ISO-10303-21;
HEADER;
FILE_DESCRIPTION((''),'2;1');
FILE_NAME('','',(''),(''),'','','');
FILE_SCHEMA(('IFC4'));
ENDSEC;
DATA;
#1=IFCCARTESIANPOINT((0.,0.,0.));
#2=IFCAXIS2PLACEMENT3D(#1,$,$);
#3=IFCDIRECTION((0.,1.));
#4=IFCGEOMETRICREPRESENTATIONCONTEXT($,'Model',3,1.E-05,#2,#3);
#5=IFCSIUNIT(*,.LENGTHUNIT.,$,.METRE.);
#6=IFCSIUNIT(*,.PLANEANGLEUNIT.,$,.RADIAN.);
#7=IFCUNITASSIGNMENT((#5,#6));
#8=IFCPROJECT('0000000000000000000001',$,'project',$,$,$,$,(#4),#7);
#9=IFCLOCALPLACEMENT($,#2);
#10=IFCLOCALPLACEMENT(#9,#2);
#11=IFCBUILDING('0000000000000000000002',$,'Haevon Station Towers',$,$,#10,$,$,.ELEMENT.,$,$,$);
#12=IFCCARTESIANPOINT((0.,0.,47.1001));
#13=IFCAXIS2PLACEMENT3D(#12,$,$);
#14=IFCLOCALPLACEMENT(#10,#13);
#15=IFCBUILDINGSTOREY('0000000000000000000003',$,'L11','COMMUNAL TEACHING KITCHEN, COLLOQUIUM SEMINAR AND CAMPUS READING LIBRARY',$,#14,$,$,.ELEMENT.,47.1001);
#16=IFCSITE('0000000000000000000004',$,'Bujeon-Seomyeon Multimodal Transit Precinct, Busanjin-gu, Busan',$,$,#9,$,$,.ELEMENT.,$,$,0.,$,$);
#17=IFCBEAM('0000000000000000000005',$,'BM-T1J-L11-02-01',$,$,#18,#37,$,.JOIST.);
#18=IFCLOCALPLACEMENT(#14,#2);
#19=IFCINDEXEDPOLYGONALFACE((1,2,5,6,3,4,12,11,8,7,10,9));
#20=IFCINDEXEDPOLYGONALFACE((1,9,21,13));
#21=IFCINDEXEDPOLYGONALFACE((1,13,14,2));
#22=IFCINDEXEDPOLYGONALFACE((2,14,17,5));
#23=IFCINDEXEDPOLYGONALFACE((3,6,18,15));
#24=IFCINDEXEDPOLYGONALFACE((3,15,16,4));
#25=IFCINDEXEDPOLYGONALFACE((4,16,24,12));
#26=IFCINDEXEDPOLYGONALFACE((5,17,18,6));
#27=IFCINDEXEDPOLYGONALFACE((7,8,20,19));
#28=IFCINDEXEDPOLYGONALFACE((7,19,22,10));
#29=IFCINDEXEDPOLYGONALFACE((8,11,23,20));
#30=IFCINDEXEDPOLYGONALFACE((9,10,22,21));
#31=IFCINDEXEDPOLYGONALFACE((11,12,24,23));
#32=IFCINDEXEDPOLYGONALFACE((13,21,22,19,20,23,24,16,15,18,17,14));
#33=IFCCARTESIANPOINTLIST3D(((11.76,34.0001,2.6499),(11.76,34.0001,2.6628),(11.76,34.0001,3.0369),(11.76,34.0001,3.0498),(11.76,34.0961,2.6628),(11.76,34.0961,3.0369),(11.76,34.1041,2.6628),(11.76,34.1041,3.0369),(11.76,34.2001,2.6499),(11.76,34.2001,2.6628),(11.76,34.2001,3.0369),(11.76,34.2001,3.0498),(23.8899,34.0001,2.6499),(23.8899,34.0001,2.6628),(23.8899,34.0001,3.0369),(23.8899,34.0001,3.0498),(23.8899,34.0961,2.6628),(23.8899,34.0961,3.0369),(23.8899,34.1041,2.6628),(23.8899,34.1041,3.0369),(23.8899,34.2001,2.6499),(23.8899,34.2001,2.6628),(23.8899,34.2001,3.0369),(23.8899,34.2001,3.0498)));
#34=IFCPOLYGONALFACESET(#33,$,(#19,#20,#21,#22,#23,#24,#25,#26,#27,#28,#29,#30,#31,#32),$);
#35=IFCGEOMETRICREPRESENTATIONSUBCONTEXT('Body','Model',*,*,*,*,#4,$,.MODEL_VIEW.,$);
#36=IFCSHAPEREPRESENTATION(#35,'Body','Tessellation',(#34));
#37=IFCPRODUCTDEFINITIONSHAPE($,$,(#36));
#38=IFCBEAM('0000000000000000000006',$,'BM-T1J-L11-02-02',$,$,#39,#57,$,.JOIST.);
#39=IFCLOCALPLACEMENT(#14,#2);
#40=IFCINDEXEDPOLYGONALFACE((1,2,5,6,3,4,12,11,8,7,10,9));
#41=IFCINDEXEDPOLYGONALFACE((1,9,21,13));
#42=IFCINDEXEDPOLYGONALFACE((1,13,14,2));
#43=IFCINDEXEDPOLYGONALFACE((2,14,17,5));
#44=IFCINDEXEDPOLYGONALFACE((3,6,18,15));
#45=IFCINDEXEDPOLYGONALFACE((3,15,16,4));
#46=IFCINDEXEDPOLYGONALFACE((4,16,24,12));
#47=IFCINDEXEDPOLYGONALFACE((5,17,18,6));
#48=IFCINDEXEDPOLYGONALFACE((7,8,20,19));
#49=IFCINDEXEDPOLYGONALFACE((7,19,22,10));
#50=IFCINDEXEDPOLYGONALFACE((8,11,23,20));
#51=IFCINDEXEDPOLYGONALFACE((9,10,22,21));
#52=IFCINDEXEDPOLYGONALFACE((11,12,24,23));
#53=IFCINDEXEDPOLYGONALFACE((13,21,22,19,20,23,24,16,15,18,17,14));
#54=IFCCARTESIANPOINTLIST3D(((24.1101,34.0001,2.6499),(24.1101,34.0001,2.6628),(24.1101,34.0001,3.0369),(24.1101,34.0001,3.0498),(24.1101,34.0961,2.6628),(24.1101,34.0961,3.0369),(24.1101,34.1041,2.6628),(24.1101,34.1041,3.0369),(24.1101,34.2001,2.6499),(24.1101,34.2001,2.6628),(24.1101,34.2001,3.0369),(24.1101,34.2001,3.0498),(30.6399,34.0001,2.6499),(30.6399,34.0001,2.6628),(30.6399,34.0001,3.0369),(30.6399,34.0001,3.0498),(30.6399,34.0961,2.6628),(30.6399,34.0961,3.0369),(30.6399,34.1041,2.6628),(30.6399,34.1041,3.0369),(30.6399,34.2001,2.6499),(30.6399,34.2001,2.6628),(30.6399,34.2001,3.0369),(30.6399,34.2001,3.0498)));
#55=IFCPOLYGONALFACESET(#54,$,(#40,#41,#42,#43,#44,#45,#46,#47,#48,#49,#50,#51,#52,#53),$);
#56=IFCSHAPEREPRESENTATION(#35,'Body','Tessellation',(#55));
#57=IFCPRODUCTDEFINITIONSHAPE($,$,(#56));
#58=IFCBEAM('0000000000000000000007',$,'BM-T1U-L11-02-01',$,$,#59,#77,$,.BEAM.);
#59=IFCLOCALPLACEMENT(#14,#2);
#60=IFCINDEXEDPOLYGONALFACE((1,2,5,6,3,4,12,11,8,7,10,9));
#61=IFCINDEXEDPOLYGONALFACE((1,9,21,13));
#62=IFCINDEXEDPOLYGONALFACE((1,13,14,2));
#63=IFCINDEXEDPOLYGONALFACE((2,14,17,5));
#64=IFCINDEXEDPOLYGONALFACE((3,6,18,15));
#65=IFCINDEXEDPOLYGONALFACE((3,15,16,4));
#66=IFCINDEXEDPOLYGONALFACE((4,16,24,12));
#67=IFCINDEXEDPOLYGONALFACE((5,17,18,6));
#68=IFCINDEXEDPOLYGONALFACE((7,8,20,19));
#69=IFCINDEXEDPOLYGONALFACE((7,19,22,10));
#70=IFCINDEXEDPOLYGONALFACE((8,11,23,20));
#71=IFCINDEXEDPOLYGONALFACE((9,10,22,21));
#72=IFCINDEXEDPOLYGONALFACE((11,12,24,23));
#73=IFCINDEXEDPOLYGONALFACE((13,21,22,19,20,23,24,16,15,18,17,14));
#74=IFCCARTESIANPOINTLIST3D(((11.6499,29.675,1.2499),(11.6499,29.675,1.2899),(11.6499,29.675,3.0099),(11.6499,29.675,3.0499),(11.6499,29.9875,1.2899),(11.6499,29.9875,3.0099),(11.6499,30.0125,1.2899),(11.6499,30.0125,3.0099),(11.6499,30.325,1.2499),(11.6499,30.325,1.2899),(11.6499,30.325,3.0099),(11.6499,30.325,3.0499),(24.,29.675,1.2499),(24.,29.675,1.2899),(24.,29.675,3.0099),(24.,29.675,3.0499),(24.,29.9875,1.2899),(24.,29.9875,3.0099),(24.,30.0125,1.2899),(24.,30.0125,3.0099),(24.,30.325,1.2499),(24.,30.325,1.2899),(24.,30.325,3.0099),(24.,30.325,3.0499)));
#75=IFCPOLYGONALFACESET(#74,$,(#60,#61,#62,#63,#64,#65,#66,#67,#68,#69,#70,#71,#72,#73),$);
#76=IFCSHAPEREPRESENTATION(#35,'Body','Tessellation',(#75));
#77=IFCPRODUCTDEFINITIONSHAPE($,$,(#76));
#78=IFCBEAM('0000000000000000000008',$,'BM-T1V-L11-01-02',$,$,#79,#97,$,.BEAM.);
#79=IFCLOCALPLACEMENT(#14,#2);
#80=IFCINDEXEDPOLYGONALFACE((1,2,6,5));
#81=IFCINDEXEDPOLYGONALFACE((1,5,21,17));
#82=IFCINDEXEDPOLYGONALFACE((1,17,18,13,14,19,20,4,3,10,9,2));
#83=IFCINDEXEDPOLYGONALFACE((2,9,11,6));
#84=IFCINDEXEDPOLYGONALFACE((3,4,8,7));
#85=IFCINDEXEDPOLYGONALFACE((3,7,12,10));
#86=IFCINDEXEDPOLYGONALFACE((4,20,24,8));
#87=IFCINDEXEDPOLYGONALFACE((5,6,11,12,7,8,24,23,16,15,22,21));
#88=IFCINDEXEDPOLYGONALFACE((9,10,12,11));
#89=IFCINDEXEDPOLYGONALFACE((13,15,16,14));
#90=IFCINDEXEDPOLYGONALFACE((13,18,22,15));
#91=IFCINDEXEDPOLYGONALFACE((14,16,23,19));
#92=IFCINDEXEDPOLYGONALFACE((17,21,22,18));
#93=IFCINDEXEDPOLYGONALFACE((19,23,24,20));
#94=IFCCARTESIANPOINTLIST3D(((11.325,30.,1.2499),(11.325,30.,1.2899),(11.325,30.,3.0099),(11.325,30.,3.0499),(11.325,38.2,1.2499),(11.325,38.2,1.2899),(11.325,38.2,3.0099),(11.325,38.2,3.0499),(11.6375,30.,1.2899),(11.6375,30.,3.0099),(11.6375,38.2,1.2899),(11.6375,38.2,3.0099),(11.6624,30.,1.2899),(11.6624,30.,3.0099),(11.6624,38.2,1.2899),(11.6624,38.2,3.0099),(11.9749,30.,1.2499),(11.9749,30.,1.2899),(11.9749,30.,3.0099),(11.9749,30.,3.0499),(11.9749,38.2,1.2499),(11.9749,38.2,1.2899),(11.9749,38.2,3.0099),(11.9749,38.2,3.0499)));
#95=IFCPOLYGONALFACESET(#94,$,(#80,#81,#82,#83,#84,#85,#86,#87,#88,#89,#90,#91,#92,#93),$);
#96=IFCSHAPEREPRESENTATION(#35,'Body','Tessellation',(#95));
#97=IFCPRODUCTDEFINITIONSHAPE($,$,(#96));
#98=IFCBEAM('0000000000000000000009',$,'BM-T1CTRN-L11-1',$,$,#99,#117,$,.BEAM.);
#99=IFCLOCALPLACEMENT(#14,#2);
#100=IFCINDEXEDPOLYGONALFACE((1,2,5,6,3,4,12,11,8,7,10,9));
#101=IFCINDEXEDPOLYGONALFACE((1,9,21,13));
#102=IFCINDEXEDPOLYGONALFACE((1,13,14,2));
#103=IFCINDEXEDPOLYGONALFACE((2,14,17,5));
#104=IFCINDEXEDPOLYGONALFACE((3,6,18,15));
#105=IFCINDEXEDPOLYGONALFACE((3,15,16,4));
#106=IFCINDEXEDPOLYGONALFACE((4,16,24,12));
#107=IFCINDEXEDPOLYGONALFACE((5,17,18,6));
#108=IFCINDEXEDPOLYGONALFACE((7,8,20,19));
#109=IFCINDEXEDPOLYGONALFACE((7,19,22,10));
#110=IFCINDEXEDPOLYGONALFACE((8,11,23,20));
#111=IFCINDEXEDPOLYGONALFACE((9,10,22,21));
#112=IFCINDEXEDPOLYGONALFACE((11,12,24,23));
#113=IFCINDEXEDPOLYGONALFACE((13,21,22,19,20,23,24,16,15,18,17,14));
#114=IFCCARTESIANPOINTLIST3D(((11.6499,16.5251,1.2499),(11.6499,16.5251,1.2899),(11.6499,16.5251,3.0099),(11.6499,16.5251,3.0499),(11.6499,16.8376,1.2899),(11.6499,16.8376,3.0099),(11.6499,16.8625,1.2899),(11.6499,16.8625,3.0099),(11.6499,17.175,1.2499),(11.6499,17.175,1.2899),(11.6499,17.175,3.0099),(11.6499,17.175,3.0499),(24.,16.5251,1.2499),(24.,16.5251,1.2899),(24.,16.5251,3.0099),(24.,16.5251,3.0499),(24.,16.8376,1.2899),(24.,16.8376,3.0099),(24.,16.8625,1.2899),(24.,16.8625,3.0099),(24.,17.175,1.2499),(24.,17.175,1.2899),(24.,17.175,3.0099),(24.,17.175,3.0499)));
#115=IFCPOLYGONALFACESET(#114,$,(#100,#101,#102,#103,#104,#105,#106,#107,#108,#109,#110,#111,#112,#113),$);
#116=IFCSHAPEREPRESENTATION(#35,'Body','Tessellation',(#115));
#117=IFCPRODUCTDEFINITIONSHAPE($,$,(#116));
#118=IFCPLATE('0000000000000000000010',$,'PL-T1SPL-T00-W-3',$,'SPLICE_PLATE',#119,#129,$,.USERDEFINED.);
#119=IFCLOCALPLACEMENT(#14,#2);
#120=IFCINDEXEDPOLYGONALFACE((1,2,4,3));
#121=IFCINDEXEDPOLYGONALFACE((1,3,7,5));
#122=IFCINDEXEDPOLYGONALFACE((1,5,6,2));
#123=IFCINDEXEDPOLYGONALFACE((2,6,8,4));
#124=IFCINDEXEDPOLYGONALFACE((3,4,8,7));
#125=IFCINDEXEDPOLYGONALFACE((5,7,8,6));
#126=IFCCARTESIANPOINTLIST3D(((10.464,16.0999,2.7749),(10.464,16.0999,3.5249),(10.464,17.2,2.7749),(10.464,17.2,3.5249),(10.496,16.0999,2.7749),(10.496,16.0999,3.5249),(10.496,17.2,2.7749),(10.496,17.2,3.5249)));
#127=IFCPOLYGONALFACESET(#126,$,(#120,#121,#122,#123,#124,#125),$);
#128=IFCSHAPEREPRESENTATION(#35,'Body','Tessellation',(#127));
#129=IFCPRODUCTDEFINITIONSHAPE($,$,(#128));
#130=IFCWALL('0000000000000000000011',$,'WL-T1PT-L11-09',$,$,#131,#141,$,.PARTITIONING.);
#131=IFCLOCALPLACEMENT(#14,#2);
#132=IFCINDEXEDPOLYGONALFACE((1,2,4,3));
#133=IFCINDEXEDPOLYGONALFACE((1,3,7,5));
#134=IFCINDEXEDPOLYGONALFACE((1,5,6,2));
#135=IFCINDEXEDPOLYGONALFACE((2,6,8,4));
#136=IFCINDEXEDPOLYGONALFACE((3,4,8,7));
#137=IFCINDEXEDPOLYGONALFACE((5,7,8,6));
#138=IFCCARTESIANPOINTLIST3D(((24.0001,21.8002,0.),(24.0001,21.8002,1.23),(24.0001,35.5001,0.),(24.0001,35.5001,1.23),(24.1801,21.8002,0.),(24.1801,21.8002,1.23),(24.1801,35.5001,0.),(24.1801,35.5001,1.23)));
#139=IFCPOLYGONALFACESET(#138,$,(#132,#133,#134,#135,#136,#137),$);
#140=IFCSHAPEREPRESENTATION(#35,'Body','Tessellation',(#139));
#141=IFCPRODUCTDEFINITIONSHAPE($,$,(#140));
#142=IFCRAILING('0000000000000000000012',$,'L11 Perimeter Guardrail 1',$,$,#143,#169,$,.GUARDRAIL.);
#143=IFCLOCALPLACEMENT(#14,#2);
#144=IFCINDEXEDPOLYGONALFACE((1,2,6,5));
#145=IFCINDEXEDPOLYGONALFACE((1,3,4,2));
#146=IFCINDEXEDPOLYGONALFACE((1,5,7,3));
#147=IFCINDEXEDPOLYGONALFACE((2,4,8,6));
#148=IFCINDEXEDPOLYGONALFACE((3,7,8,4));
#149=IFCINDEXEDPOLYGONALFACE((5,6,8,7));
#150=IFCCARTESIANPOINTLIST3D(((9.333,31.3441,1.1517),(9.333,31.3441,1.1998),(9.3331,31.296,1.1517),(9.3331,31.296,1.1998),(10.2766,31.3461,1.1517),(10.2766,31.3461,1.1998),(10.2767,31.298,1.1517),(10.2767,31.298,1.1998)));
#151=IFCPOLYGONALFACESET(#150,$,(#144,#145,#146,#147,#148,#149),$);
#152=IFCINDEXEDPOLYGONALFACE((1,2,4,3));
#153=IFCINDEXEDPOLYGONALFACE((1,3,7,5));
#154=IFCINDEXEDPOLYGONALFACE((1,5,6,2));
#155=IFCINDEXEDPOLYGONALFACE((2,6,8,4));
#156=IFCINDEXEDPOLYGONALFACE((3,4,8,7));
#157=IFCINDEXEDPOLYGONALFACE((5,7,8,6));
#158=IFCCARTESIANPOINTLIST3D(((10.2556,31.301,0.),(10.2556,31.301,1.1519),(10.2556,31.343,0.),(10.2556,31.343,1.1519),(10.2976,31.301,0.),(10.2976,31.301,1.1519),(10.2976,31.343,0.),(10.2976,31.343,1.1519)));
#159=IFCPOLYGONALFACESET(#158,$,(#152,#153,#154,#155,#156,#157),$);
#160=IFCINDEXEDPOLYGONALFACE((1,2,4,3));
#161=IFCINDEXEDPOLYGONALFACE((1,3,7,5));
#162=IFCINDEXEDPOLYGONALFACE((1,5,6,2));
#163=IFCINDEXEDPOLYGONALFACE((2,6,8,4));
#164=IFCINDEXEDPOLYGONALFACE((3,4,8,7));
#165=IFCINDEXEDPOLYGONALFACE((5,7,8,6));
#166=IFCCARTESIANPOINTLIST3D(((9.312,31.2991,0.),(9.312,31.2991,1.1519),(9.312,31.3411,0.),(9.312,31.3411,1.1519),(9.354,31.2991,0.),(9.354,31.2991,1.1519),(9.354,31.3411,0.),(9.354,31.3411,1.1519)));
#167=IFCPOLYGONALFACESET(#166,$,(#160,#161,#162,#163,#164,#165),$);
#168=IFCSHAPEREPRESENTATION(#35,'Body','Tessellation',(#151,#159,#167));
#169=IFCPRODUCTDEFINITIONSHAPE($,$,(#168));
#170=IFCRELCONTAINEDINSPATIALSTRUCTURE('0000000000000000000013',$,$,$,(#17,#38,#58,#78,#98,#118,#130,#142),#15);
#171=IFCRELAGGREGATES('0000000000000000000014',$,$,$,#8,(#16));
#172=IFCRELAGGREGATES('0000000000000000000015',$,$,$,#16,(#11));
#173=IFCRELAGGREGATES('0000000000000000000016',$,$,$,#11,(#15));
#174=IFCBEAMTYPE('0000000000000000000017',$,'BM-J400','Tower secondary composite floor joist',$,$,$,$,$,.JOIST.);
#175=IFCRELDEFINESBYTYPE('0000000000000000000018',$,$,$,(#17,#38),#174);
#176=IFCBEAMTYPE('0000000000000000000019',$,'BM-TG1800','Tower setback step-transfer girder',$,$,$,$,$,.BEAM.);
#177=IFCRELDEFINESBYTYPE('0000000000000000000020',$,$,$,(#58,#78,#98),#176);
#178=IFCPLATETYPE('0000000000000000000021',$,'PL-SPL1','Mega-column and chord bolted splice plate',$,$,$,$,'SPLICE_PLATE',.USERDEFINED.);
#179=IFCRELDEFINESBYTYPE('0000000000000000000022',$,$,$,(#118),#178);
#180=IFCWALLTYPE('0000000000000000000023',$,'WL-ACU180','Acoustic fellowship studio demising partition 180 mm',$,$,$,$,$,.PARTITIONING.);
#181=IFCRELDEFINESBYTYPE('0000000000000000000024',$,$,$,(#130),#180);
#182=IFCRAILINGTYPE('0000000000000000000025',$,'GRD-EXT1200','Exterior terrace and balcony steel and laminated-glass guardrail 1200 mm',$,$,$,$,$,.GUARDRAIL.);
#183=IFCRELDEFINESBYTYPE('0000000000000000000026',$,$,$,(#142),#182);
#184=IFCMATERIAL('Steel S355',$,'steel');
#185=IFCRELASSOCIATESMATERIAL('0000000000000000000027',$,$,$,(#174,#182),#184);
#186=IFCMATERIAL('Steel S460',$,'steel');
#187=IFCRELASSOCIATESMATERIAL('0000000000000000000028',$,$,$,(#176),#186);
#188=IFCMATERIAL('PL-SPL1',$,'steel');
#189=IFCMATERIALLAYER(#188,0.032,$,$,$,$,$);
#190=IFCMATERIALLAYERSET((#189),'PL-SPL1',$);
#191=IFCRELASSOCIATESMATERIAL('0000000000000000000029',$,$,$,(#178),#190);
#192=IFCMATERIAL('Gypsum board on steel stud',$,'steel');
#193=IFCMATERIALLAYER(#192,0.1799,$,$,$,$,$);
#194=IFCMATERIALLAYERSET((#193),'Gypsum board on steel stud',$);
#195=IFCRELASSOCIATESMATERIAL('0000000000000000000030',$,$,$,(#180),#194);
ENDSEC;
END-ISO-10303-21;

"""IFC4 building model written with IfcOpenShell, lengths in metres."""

from ifc_helpers import new_model, si_unit, direction, frame, frame_2d, origin, origin_2d, place, context, subcontext, project, spatial, rectangle, i_section, extrude, material, layer, layer_set, material_profile, profile_set, type_object, element, save


model = new_model("IFC4")

# Units and contexts
model_context = context("Model", 3, precision=1e-05, world=origin(), true_north=direction((0.0, 1.0)))
body_context = subcontext(model_context, "Body", "Model", "MODEL_VIEW")
ifc_project = project(units=[si_unit("LENGTHUNIT", "METRE"), si_unit("PLANEANGLEUNIT", "RADIAN")], contexts=[model_context])

# Site, building, storey
site_placement = place(None, origin())
site = spatial("IfcSite", under=ifc_project, at=site_placement, Name="Bujeon-Seomyeon Multimodal Transit Precinct, Busanjin-gu, Busan", CompositionType="ELEMENT", RefElevation=0.0)
building_placement = place(site_placement, origin())
building = spatial("IfcBuilding", under=site, at=building_placement, Name="Haevon Station Towers", CompositionType="ELEMENT")
storey_placement = place(building_placement, frame((0.0, 0.0, 47.1001)))
storey = spatial("IfcBuildingStorey", under=building, at=storey_placement, Name="L11", Description="COMMUNAL TEACHING KITCHEN, COLLOQUIUM SEMINAR AND CAMPUS READING LIBRARY", CompositionType="ELEMENT", Elevation=47.1001)

# Shared definitions
ifc_material_1 = material(Name="Steel S460", Category="steel")

# Beams
ifc_material_2 = material(Name="Steel S355", Category="steel")
ifc_material_profile_1 = material_profile(ifc_material_2, i_section(OverallWidth=0.2, OverallDepth=0.3999, WebThickness=0.0081, FlangeThickness=0.0129, at=origin_2d()), Name="H-400x200x8x13")
ifc_profile_set_1 = profile_set([ifc_material_profile_1], Name="Steel S355")
beam_type_1 = type_object("IfcBeamType", Name="BM-J400", Description="Tower secondary composite floor joist", PredefinedType="JOIST", material=ifc_profile_set_1)
beam_1_placement = place(storey_placement, frame((11.76, 34.1001, 2.8499), z_axis=(1.0, 0.0, 0.0), x_axis=(0.0, 1.0, 0.0)))
element("IfcBeam", 1, at=beam_1_placement, inside=storey, type_object=beam_type_1, Name="BM-T1J-L11-02-01", PredefinedType="JOIST", context=body_context, shape_type="SweptSolid", body=[
    extrude(i_section(OverallWidth=0.2, OverallDepth=0.3999, WebThickness=0.0081, FlangeThickness=0.0129, at=origin_2d()), origin(), (0.0, 0.0, 1.0), 12.1299),
])
beam_2_placement = place(storey_placement, frame((24.1101, 34.1001, 2.8499), z_axis=(1.0, 0.0, 0.0), x_axis=(0.0, 1.0, 0.0)))
element("IfcBeam", 2, at=beam_2_placement, inside=storey, type_object=beam_type_1, Name="BM-T1J-L11-02-02", PredefinedType="JOIST", context=body_context, shape_type="SweptSolid", body=[
    extrude(i_section(OverallWidth=0.2, OverallDepth=0.3999, WebThickness=0.0081, FlangeThickness=0.0129, at=origin_2d()), origin(), (0.0, 0.0, 1.0), 6.5298),
])
ifc_material_profile_2 = material_profile(ifc_material_1, i_section(OverallWidth=0.6499, OverallDepth=1.8, WebThickness=0.0249, FlangeThickness=0.04, at=origin_2d()), Name="H-1800x650x25x40")
ifc_profile_set_2 = profile_set([ifc_material_profile_2], Name="Steel S460")
beam_type_2 = type_object("IfcBeamType", Name="BM-TG1800", Description="Tower setback step-transfer girder", PredefinedType="BEAM", material=ifc_profile_set_2)
beam_3_placement = place(storey_placement, frame((11.6499, 30.0, 2.1499), z_axis=(1.0, 0.0, 0.0), x_axis=(0.0, 1.0, 0.0)))
element("IfcBeam", 3, at=beam_3_placement, inside=storey, type_object=beam_type_2, Name="BM-T1U-L11-02-01", PredefinedType="BEAM", context=body_context, shape_type="SweptSolid", body=[
    extrude(i_section(OverallWidth=0.6499, OverallDepth=1.8, WebThickness=0.0249, FlangeThickness=0.04, at=origin_2d()), origin(), (0.0, 0.0, 1.0), 12.3501),
])
beam_4_placement = place(storey_placement, frame((11.6499, 30.0, 2.1499), z_axis=(0.0, 1.0, 0.0), x_axis=(-1.0, 0.0, 0.0)))
element("IfcBeam", 4, at=beam_4_placement, inside=storey, type_object=beam_type_2, Name="BM-T1V-L11-01-02", PredefinedType="BEAM", context=body_context, shape_type="SweptSolid", body=[
    extrude(i_section(OverallWidth=0.6499, OverallDepth=1.8, WebThickness=0.0249, FlangeThickness=0.04, at=origin_2d()), origin(), (0.0, 0.0, 1.0), 8.2),
])
beam_5_placement = place(storey_placement, frame((11.6499, 16.8501, 2.1499), z_axis=(1.0, 0.0, 0.0), x_axis=(0.0, 1.0, 0.0)))
element("IfcBeam", 5, at=beam_5_placement, inside=storey, type_object=beam_type_2, Name="BM-T1CTRN-L11-1", PredefinedType="BEAM", context=body_context, shape_type="SweptSolid", body=[
    extrude(i_section(OverallWidth=0.6499, OverallDepth=1.8, WebThickness=0.0249, FlangeThickness=0.04, at=origin_2d()), origin(), (0.0, 0.0, 1.0), 12.3501),
])

# Plate
ifc_material_3 = material(Name="PL-SPL1", Category="steel")
ifc_layer_1 = layer(ifc_material_3, 0.032)
ifc_layer_set_1 = layer_set([ifc_layer_1], Name="PL-SPL1")
plate_type = type_object("IfcPlateType", Name="PL-SPL1", Description="Mega-column and chord bolted splice plate", ElementType="SPLICE_PLATE", PredefinedType="USERDEFINED", material=ifc_layer_set_1)
plate_placement = place(storey_placement, frame((10.48, 16.6499, 2.7749), z_axis=(0.0, 0.0, 1.0), x_axis=(0.0, 1.0, 0.0)))
element("IfcPlate", 6, at=plate_placement, inside=storey, type_object=plate_type, Name="PL-T1SPL-T00-W-3", ObjectType="SPLICE_PLATE", PredefinedType="USERDEFINED", context=body_context, shape_type="SweptSolid", body=[
    extrude(rectangle(XDim=1.1001, YDim=0.032, at=origin_2d()), origin(), (0.0, 0.0, 1.0), 0.75),
])

# Wall
ifc_material_4 = material(Name="Gypsum board on steel stud", Category="steel")
ifc_layer_2 = layer(ifc_material_4, 0.1799)
ifc_layer_set_2 = layer_set([ifc_layer_2], Name="Gypsum board on steel stud")
wall_type = type_object("IfcWallType", Name="WL-ACU180", Description="Acoustic fellowship studio demising partition 180 mm", PredefinedType="PARTITIONING", material=ifc_layer_set_2)
wall_placement = place(storey_placement, frame((24.0901, 21.8, 0.0), z_axis=(0.0, 0.0, 1.0), x_axis=(0.0, 1.0, 0.0)))
element("IfcWall", 7, at=wall_placement, inside=storey, type_object=wall_type, Name="WL-T1PT-L11-09", PredefinedType="PARTITIONING", context=body_context, shape_type="SweptSolid", body=[
    extrude(rectangle(XDim=13.7, YDim=0.1799, at=frame_2d((6.8501, 0.0))), origin(), (0.0, 0.0, 1.0), 1.23),
])

# Railing
railing_type = type_object("IfcRailingType", Name="GRD-EXT1200", Description="Exterior terrace and balcony steel and laminated-glass guardrail 1200 mm", PredefinedType="GUARDRAIL", material=ifc_material_2)
railing_1_placement = place(storey_placement, frame((10.2766, 31.322, 0.0)))
element("IfcRailing", 8, at=railing_1_placement, inside=storey, type_object=railing_type, Name="L11 Perimeter Guardrail 1", PredefinedType="GUARDRAIL", context=body_context, shape_type="SweptSolid", body=[
    extrude(rectangle(XDim=0.0481, YDim=0.0481, at=origin_2d()), frame((0.0, 0.0, 1.1758), z_axis=(-0.999998, -0.00207, 0.0), x_axis=(0.00207, -0.999998, 0.0)), (0.0, 0.0, 1.0), 0.9436),
    extrude(rectangle(XDim=0.042, YDim=0.042, at=origin_2d()), origin(), (0.0, 0.0, 1.0), 1.1519),
    extrude(rectangle(XDim=0.042, YDim=0.042, at=origin_2d()), frame((-0.9436, -0.002, 0.0)), (0.0, 0.0, 1.0), 1.1519),
])

save(model, "model.ifc")
